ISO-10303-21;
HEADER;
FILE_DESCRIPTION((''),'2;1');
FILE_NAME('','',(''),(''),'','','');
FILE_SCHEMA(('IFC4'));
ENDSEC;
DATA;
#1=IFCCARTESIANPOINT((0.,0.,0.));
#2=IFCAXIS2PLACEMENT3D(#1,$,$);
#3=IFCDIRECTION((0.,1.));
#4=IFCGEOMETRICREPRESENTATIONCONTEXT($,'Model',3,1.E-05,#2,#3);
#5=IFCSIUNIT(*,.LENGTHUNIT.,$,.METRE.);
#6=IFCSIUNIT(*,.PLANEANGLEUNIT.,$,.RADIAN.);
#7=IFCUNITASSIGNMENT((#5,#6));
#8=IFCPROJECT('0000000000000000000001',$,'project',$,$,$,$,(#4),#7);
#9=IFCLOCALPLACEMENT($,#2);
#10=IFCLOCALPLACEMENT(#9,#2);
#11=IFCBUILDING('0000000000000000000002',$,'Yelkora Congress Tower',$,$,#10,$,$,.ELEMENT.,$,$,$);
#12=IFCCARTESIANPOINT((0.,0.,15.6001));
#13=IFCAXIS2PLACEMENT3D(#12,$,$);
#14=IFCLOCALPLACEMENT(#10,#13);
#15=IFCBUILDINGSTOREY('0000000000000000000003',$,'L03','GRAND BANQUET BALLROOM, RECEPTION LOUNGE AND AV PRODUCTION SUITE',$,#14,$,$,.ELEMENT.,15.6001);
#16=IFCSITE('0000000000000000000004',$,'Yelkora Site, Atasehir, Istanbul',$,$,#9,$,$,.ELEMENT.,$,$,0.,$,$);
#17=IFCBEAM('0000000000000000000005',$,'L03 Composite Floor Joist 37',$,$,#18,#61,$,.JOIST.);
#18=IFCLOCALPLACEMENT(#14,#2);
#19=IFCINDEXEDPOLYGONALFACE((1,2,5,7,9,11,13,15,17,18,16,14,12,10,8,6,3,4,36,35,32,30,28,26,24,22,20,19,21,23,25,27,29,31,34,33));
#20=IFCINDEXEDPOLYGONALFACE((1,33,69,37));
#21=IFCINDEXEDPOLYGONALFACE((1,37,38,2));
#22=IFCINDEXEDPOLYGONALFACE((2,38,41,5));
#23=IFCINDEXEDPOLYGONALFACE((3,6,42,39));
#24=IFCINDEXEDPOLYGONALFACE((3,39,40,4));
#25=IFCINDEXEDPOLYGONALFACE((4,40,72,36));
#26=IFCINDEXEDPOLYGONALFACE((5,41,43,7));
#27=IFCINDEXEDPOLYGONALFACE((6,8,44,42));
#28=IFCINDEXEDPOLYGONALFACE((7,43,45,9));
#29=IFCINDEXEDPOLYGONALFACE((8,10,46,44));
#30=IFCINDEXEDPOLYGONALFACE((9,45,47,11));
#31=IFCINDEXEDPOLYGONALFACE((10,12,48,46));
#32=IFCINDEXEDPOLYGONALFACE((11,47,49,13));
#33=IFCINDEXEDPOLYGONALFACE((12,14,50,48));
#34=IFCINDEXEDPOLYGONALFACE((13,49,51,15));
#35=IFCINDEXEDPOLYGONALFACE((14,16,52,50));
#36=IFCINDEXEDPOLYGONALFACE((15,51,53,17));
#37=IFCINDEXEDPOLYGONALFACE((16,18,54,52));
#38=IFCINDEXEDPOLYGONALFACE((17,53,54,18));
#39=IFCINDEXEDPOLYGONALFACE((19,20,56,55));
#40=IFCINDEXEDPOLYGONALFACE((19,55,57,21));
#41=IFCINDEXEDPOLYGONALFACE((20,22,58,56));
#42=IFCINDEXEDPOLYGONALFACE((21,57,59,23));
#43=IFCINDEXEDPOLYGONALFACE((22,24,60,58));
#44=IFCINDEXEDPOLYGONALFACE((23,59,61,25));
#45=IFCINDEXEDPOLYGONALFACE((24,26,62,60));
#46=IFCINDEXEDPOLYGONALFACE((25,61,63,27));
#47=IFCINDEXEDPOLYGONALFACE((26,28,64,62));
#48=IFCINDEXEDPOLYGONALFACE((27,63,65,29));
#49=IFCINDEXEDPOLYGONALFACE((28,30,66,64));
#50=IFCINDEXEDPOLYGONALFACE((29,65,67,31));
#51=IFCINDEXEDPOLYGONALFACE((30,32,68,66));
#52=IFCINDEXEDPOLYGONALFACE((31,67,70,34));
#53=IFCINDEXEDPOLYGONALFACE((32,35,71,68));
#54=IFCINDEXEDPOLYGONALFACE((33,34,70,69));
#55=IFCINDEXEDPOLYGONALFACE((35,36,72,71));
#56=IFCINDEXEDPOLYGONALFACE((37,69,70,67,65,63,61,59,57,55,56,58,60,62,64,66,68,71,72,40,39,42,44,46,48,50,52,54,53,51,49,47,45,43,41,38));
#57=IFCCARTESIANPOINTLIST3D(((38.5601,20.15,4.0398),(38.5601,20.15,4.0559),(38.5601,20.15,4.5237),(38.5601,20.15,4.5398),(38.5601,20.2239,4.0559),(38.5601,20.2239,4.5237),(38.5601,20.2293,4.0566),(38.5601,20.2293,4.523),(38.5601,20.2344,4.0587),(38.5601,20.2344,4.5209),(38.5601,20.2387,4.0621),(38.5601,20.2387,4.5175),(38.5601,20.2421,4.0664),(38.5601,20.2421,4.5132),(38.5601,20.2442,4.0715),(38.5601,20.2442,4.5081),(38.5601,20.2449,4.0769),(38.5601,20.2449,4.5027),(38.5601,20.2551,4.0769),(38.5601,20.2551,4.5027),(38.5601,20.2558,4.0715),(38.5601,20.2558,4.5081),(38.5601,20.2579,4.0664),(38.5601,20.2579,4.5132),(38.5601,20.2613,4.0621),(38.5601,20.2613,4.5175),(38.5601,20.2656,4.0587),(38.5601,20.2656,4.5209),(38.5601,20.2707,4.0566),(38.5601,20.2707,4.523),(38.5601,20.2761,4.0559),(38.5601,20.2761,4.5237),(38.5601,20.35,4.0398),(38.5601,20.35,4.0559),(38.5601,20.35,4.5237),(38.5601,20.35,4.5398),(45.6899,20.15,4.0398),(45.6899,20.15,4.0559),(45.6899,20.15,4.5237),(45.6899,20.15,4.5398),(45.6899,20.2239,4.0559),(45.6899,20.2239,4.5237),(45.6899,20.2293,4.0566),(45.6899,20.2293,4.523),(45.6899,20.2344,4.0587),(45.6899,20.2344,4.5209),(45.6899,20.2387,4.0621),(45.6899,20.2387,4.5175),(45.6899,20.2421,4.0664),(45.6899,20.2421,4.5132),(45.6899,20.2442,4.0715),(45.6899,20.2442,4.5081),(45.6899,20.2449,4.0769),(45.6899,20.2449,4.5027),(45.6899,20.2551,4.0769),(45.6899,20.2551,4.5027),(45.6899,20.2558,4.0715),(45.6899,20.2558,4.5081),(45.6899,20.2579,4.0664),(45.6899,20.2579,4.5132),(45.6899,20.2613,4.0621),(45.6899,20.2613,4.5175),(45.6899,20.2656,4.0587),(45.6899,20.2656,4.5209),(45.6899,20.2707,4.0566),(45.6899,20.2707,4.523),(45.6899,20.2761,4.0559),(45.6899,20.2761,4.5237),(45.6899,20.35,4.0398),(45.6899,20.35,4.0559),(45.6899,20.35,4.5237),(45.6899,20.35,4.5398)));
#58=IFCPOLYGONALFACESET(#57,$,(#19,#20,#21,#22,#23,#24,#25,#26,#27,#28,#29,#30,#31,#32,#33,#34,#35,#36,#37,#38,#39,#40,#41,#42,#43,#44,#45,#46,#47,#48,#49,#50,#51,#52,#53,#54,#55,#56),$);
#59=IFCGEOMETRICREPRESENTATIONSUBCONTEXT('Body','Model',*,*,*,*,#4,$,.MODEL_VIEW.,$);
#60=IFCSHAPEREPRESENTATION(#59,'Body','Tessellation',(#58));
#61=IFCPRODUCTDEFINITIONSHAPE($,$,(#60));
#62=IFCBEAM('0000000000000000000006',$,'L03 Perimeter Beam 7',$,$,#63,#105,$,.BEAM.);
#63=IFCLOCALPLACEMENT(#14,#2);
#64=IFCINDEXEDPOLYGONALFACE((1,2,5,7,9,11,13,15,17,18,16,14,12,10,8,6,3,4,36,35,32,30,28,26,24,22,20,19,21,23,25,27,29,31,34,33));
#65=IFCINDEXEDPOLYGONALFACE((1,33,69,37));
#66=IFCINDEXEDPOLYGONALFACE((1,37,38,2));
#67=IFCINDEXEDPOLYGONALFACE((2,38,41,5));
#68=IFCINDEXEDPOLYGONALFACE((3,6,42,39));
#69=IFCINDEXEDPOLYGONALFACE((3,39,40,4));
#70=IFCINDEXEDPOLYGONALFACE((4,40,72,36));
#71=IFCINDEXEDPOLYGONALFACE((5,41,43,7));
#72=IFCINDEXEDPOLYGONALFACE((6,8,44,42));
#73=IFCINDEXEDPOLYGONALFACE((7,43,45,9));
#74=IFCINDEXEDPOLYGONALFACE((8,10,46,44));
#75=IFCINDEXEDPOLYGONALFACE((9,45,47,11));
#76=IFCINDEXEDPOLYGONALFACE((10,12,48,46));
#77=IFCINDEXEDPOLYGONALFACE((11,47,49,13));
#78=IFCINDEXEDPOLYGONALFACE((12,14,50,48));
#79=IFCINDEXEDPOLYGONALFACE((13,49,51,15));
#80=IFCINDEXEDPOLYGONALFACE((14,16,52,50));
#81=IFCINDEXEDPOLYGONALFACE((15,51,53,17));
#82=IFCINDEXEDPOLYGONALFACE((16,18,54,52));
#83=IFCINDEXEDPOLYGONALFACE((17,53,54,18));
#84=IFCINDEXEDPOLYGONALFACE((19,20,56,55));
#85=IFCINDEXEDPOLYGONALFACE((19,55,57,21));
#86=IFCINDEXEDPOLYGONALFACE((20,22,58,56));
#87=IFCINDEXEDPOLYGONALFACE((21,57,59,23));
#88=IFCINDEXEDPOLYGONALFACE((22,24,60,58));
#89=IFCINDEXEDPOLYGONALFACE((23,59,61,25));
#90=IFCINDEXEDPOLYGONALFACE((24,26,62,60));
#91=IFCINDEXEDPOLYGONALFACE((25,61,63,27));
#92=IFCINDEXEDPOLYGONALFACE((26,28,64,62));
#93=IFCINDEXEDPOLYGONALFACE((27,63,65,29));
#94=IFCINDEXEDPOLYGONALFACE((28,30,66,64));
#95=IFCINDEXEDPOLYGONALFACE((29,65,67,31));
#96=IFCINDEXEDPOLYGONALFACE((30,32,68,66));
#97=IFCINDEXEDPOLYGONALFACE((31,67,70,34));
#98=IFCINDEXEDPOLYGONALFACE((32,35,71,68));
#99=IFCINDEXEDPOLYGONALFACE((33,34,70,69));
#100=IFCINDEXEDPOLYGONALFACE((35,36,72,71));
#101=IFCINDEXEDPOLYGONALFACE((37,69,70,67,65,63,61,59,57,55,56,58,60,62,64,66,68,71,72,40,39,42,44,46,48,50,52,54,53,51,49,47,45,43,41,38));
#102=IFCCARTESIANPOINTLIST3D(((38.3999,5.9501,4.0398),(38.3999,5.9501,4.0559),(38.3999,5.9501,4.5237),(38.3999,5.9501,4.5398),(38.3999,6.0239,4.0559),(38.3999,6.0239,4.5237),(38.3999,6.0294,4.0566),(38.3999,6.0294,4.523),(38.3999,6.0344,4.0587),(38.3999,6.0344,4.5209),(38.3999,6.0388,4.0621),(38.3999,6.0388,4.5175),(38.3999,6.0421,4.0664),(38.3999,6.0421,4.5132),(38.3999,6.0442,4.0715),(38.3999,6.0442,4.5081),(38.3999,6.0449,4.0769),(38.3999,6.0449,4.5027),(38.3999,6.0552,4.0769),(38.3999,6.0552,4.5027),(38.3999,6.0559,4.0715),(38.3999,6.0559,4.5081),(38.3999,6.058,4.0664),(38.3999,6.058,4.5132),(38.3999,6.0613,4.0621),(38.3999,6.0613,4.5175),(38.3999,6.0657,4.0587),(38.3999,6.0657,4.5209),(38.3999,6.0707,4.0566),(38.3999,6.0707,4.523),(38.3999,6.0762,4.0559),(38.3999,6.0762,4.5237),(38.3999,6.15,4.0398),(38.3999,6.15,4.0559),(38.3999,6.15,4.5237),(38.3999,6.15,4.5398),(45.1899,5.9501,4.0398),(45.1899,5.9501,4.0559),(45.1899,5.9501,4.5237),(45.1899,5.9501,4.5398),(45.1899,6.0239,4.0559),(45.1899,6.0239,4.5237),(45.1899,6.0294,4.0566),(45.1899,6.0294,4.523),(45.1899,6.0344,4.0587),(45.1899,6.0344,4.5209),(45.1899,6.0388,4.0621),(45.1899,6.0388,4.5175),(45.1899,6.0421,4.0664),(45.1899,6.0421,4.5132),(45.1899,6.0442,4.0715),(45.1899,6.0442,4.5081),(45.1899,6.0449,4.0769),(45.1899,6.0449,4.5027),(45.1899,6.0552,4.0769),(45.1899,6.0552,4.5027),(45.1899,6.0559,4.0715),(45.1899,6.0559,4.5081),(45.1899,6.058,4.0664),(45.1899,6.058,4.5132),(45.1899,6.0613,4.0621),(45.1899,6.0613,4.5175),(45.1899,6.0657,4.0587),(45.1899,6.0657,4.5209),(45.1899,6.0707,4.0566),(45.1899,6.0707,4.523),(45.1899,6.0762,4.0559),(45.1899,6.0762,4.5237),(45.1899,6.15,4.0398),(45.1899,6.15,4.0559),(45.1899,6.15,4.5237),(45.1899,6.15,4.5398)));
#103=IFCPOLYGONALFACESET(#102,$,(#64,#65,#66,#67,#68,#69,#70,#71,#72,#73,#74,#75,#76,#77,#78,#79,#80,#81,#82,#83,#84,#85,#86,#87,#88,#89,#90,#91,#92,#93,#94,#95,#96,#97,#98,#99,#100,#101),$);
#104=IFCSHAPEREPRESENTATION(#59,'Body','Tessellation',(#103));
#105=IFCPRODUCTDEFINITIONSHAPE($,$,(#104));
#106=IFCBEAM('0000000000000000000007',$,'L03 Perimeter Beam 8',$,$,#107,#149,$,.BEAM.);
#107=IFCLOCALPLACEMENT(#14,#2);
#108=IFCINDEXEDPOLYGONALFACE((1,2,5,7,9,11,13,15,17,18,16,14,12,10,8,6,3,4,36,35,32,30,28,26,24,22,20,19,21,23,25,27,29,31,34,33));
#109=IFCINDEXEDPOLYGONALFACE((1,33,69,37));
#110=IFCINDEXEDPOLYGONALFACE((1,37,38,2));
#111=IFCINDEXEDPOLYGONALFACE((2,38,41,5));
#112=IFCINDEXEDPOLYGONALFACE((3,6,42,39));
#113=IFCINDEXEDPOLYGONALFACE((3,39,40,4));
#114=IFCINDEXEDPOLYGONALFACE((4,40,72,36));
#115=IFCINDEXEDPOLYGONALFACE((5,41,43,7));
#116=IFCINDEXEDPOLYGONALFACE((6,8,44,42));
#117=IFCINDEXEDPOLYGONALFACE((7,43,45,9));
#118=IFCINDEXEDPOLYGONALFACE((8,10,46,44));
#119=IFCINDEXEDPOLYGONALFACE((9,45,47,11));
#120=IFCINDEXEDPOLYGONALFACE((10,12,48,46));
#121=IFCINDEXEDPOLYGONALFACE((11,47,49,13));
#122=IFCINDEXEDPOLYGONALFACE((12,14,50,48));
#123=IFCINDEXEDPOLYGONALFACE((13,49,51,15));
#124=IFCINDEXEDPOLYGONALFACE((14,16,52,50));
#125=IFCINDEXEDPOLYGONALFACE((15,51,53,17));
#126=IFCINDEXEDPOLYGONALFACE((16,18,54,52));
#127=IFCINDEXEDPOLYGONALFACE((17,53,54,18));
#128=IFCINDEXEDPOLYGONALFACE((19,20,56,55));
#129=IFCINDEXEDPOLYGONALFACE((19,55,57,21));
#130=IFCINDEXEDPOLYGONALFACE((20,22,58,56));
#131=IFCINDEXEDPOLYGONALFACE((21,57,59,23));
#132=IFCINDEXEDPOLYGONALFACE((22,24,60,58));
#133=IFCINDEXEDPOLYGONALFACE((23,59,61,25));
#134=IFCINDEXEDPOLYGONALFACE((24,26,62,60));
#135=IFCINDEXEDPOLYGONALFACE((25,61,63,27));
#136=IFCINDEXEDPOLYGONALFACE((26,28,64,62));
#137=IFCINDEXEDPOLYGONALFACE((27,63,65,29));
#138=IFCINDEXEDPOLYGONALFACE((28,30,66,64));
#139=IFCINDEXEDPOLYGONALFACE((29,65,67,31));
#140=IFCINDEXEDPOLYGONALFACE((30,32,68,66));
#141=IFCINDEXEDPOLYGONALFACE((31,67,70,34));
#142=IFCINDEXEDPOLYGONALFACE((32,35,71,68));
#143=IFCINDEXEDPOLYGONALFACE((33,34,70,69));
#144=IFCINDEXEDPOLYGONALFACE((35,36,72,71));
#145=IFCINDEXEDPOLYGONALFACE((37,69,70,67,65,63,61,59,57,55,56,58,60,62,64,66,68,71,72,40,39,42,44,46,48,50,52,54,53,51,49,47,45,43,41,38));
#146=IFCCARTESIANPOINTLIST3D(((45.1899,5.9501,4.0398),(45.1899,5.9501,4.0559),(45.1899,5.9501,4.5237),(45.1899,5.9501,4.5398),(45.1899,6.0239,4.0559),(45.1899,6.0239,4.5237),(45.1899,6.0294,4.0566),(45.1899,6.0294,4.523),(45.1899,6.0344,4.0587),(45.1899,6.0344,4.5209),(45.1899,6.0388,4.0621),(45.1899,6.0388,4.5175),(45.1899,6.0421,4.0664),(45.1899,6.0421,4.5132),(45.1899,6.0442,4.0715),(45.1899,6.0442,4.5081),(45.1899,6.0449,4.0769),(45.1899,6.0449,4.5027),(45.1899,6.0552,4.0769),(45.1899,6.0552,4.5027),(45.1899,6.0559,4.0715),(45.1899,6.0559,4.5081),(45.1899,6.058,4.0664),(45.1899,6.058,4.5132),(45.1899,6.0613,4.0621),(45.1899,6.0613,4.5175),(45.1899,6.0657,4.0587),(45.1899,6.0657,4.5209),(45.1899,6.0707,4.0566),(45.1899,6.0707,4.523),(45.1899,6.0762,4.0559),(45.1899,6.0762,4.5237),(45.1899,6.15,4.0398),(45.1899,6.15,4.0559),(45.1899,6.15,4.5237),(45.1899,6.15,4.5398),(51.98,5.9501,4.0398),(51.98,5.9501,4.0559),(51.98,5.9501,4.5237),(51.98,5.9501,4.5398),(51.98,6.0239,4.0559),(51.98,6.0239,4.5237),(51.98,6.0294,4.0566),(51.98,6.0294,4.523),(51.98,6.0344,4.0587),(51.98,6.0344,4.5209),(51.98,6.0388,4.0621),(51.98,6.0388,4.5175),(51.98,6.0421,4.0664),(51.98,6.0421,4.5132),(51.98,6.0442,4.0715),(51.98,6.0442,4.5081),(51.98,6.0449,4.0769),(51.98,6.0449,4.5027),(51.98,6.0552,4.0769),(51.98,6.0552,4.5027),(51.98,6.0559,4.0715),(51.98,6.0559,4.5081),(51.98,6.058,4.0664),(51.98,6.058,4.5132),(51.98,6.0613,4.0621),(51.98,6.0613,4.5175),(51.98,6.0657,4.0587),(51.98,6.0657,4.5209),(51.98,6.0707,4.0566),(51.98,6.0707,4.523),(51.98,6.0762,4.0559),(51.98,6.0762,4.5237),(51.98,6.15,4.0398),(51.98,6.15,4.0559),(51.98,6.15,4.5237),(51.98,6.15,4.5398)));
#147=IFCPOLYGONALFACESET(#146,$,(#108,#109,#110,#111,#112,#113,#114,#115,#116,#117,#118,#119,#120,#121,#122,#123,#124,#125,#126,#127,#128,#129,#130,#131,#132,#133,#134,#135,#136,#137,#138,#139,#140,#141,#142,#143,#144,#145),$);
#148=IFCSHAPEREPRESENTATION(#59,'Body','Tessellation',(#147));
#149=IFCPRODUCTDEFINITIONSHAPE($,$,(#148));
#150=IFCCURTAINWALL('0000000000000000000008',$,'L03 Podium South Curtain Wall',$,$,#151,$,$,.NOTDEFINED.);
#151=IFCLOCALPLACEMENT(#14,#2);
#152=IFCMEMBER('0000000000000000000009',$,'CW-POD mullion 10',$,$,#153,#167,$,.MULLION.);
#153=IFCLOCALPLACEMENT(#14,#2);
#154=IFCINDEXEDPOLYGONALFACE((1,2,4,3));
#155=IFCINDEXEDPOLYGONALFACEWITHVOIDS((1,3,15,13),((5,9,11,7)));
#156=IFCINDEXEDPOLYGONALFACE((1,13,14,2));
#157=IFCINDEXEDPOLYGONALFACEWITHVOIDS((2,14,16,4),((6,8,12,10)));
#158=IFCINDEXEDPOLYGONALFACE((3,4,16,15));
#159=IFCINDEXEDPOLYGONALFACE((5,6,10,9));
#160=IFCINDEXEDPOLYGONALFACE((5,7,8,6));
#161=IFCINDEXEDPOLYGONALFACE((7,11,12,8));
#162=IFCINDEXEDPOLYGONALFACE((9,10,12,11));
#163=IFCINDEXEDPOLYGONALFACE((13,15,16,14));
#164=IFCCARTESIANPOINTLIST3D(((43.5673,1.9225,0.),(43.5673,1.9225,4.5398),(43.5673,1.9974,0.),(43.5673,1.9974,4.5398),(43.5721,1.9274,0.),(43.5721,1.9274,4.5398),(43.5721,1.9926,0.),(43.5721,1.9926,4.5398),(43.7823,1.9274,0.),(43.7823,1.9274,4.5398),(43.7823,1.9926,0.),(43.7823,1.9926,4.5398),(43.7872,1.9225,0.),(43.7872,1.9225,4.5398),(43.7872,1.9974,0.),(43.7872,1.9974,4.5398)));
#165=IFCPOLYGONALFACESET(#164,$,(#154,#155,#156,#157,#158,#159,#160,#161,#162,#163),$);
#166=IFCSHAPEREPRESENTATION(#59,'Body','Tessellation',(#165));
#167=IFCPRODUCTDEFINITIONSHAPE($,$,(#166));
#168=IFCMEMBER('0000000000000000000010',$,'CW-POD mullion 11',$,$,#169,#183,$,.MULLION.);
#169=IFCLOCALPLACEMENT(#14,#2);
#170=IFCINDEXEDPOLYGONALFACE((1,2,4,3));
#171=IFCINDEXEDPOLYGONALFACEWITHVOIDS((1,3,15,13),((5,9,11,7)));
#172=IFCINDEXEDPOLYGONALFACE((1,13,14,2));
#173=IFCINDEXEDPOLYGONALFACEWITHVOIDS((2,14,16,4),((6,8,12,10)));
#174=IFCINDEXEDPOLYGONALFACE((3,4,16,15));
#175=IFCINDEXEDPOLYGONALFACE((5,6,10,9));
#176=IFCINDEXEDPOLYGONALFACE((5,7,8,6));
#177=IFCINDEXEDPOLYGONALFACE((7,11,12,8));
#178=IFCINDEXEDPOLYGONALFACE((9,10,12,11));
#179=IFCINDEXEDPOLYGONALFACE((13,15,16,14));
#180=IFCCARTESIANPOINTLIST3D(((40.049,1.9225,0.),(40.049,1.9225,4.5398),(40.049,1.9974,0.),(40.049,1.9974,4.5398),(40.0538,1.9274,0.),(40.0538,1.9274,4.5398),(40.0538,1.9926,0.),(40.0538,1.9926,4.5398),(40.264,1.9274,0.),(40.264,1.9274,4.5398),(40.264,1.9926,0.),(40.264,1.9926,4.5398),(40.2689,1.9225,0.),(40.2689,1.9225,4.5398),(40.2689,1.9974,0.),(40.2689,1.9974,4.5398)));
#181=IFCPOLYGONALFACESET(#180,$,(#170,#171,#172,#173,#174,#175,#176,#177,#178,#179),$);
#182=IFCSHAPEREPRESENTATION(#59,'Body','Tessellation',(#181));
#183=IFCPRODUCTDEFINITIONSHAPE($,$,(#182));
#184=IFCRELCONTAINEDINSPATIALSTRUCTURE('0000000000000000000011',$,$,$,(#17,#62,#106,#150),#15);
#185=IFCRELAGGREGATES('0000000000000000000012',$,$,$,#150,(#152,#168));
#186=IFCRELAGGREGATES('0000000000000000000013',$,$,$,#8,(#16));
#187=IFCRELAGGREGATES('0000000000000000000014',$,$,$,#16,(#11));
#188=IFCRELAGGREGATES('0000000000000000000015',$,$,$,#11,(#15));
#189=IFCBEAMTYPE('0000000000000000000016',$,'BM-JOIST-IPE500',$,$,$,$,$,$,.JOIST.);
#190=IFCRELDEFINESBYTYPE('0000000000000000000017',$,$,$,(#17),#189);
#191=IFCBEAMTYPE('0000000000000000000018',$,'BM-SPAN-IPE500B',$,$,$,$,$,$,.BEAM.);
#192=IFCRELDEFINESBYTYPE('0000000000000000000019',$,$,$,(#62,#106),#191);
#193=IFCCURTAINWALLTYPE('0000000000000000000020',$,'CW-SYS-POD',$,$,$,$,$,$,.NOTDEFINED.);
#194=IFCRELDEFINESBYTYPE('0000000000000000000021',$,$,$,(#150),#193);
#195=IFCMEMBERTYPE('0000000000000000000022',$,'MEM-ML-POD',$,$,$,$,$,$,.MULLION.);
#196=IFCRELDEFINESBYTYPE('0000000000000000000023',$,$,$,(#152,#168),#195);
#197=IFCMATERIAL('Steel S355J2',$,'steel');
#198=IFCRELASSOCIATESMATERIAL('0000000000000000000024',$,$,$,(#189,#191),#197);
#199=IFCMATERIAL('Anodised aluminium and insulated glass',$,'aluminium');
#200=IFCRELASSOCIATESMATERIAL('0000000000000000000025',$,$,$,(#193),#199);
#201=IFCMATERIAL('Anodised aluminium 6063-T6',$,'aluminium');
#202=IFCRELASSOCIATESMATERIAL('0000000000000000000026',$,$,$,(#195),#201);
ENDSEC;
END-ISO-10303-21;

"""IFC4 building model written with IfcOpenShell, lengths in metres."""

from ifc_helpers import new_model, si_unit, direction, frame, origin, origin_2d, place, context, subcontext, project, spatial, hollow_rectangle, i_section, extrude, material, material_profile, profile_set, type_object, element, aggregate, save


model = new_model("IFC4")

# Units and contexts
model_context = context("Model", 3, precision=1e-05, world=origin(), true_north=direction((0.0, 1.0)))
body_context = subcontext(model_context, "Body", "Model", "MODEL_VIEW")
ifc_project = project(units=[si_unit("LENGTHUNIT", "METRE"), si_unit("PLANEANGLEUNIT", "RADIAN")], contexts=[model_context])

# Site, building, storey
site_placement = place(None, origin())
site = spatial("IfcSite", under=ifc_project, at=site_placement, Name="Yelkora Site, Atasehir, Istanbul", CompositionType="ELEMENT", RefElevation=0.0)
building_placement = place(site_placement, origin())
building = spatial("IfcBuilding", under=site, at=building_placement, Name="Yelkora Congress Tower", CompositionType="ELEMENT")
storey_placement = place(building_placement, frame((0.0, 0.0, 15.6001)))
storey = spatial("IfcBuildingStorey", under=building, at=storey_placement, Name="L03", Description="GRAND BANQUET BALLROOM, RECEPTION LOUNGE AND AV PRODUCTION SUITE", CompositionType="ELEMENT", Elevation=15.6001)

# Beams
ifc_material_1 = material(Name="Steel S355J2", Category="steel")
ifc_material_profile_1 = material_profile(ifc_material_1, i_section(OverallWidth=0.2, OverallDepth=0.5, WebThickness=0.0103, FlangeThickness=0.0161, FilletRadius=0.021, at=origin_2d()), Name="IPE 500")
ifc_profile_set_1 = profile_set([ifc_material_profile_1], Name="Steel S355J2")
beam_type_1 = type_object("IfcBeamType", Name="BM-JOIST-IPE500", PredefinedType="JOIST", material=ifc_profile_set_1)
beam_1_placement = place(storey_placement, frame((38.5601, 20.25, 4.2898), z_axis=(1.0, 0.0, 0.0), x_axis=(0.0, 1.0, 0.0)))
element("IfcBeam", 1, at=beam_1_placement, inside=storey, type_object=beam_type_1, Name="L03 Composite Floor Joist 37", PredefinedType="JOIST", context=body_context, shape_type="SweptSolid", body=[
    extrude(i_section(OverallWidth=0.2, OverallDepth=0.5, WebThickness=0.0103, FlangeThickness=0.0161, FilletRadius=0.021, at=origin_2d()), origin(), (0.0, 0.0, 1.0), 7.1299),
])
ifc_material_profile_2 = material_profile(ifc_material_1, i_section(OverallWidth=0.2, OverallDepth=0.5, WebThickness=0.0103, FlangeThickness=0.0161, FilletRadius=0.021, at=origin_2d()), Name="IPE 500")
ifc_profile_set_2 = profile_set([ifc_material_profile_2], Name="Steel S355J2")
beam_type_2 = type_object("IfcBeamType", Name="BM-SPAN-IPE500B", PredefinedType="BEAM", material=ifc_profile_set_2)
for number, where, z_axis, x_axis, name in (
    (2, (38.3999, 6.05, 4.2898), (1.0, 0.0, 0.0), (0.0, 1.0, 0.0), "L03 Perimeter Beam 7"),
    (3, (45.1899, 6.05, 4.2898), (1.0, 0.0, 0.0), (0.0, 1.0, 0.0), "L03 Perimeter Beam 8"),
):
    element("IfcBeam", number, at=place(storey_placement, frame(where, z_axis=z_axis, x_axis=x_axis)), inside=storey, type_object=beam_type_2, Name=name, PredefinedType="BEAM", context=body_context, shape_type="SweptSolid", body=[
        extrude(i_section(OverallWidth=0.2, OverallDepth=0.5, WebThickness=0.0103, FlangeThickness=0.0161, FilletRadius=0.021, at=origin_2d()), origin(), (0.0, 0.0, 1.0), 6.79),
    ])

# Curtain wall, members
ifc_material_2 = material(Name="Anodised aluminium and insulated glass", Category="aluminium")
curtain_wall_type = type_object("IfcCurtainWallType", Name="CW-SYS-POD", PredefinedType="NOTDEFINED", material=ifc_material_2)
curtain_wall_placement = place(storey_placement, origin())
curtain_wall = element("IfcCurtainWall", 4, at=curtain_wall_placement, inside=storey, type_object=curtain_wall_type, Name="L03 Podium South Curtain Wall", PredefinedType="NOTDEFINED")
ifc_material_3 = material(Name="Anodised aluminium 6063-T6", Category="aluminium")
ifc_material_profile_3 = material_profile(ifc_material_3, hollow_rectangle(XDim=0.075, YDim=0.22, WallThickness=0.0049, at=origin_2d()), Name="ALU 75x220x5")
ifc_profile_set_3 = profile_set([ifc_material_profile_3], Name="Anodised aluminium 6063-T6")
member_type_1 = type_object("IfcMemberType", Name="MEM-ML-POD", PredefinedType="MULLION", material=ifc_profile_set_3)
member_1_placement = place(storey_placement, frame((43.6772, 1.96, 0.0), z_axis=(0.0, 0.0, 1.0), x_axis=(0.0, -1.0, 0.0)))
member_1 = element("IfcMember", 5, at=member_1_placement, type_object=member_type_1, Name="CW-POD mullion 10", PredefinedType="MULLION", context=body_context, shape_type="SweptSolid", body=[
    extrude(hollow_rectangle(XDim=0.075, YDim=0.22, WallThickness=0.0049, at=origin_2d()), origin(), (0.0, 0.0, 1.0), 4.5398),
])
member_2_placement = place(storey_placement, frame((40.1589, 1.96, 0.0), z_axis=(0.0, 0.0, 1.0), x_axis=(0.0, -1.0, 0.0)))
member_2 = element("IfcMember", 6, at=member_2_placement, type_object=member_type_1, Name="CW-POD mullion 11", PredefinedType="MULLION", context=body_context, shape_type="SweptSolid", body=[
    extrude(hollow_rectangle(XDim=0.075, YDim=0.22, WallThickness=0.0049, at=origin_2d()), origin(), (0.0, 0.0, 1.0), 4.5398),
])
aggregate(curtain_wall, [member_1, member_2])

save(model, "model.ifc")
